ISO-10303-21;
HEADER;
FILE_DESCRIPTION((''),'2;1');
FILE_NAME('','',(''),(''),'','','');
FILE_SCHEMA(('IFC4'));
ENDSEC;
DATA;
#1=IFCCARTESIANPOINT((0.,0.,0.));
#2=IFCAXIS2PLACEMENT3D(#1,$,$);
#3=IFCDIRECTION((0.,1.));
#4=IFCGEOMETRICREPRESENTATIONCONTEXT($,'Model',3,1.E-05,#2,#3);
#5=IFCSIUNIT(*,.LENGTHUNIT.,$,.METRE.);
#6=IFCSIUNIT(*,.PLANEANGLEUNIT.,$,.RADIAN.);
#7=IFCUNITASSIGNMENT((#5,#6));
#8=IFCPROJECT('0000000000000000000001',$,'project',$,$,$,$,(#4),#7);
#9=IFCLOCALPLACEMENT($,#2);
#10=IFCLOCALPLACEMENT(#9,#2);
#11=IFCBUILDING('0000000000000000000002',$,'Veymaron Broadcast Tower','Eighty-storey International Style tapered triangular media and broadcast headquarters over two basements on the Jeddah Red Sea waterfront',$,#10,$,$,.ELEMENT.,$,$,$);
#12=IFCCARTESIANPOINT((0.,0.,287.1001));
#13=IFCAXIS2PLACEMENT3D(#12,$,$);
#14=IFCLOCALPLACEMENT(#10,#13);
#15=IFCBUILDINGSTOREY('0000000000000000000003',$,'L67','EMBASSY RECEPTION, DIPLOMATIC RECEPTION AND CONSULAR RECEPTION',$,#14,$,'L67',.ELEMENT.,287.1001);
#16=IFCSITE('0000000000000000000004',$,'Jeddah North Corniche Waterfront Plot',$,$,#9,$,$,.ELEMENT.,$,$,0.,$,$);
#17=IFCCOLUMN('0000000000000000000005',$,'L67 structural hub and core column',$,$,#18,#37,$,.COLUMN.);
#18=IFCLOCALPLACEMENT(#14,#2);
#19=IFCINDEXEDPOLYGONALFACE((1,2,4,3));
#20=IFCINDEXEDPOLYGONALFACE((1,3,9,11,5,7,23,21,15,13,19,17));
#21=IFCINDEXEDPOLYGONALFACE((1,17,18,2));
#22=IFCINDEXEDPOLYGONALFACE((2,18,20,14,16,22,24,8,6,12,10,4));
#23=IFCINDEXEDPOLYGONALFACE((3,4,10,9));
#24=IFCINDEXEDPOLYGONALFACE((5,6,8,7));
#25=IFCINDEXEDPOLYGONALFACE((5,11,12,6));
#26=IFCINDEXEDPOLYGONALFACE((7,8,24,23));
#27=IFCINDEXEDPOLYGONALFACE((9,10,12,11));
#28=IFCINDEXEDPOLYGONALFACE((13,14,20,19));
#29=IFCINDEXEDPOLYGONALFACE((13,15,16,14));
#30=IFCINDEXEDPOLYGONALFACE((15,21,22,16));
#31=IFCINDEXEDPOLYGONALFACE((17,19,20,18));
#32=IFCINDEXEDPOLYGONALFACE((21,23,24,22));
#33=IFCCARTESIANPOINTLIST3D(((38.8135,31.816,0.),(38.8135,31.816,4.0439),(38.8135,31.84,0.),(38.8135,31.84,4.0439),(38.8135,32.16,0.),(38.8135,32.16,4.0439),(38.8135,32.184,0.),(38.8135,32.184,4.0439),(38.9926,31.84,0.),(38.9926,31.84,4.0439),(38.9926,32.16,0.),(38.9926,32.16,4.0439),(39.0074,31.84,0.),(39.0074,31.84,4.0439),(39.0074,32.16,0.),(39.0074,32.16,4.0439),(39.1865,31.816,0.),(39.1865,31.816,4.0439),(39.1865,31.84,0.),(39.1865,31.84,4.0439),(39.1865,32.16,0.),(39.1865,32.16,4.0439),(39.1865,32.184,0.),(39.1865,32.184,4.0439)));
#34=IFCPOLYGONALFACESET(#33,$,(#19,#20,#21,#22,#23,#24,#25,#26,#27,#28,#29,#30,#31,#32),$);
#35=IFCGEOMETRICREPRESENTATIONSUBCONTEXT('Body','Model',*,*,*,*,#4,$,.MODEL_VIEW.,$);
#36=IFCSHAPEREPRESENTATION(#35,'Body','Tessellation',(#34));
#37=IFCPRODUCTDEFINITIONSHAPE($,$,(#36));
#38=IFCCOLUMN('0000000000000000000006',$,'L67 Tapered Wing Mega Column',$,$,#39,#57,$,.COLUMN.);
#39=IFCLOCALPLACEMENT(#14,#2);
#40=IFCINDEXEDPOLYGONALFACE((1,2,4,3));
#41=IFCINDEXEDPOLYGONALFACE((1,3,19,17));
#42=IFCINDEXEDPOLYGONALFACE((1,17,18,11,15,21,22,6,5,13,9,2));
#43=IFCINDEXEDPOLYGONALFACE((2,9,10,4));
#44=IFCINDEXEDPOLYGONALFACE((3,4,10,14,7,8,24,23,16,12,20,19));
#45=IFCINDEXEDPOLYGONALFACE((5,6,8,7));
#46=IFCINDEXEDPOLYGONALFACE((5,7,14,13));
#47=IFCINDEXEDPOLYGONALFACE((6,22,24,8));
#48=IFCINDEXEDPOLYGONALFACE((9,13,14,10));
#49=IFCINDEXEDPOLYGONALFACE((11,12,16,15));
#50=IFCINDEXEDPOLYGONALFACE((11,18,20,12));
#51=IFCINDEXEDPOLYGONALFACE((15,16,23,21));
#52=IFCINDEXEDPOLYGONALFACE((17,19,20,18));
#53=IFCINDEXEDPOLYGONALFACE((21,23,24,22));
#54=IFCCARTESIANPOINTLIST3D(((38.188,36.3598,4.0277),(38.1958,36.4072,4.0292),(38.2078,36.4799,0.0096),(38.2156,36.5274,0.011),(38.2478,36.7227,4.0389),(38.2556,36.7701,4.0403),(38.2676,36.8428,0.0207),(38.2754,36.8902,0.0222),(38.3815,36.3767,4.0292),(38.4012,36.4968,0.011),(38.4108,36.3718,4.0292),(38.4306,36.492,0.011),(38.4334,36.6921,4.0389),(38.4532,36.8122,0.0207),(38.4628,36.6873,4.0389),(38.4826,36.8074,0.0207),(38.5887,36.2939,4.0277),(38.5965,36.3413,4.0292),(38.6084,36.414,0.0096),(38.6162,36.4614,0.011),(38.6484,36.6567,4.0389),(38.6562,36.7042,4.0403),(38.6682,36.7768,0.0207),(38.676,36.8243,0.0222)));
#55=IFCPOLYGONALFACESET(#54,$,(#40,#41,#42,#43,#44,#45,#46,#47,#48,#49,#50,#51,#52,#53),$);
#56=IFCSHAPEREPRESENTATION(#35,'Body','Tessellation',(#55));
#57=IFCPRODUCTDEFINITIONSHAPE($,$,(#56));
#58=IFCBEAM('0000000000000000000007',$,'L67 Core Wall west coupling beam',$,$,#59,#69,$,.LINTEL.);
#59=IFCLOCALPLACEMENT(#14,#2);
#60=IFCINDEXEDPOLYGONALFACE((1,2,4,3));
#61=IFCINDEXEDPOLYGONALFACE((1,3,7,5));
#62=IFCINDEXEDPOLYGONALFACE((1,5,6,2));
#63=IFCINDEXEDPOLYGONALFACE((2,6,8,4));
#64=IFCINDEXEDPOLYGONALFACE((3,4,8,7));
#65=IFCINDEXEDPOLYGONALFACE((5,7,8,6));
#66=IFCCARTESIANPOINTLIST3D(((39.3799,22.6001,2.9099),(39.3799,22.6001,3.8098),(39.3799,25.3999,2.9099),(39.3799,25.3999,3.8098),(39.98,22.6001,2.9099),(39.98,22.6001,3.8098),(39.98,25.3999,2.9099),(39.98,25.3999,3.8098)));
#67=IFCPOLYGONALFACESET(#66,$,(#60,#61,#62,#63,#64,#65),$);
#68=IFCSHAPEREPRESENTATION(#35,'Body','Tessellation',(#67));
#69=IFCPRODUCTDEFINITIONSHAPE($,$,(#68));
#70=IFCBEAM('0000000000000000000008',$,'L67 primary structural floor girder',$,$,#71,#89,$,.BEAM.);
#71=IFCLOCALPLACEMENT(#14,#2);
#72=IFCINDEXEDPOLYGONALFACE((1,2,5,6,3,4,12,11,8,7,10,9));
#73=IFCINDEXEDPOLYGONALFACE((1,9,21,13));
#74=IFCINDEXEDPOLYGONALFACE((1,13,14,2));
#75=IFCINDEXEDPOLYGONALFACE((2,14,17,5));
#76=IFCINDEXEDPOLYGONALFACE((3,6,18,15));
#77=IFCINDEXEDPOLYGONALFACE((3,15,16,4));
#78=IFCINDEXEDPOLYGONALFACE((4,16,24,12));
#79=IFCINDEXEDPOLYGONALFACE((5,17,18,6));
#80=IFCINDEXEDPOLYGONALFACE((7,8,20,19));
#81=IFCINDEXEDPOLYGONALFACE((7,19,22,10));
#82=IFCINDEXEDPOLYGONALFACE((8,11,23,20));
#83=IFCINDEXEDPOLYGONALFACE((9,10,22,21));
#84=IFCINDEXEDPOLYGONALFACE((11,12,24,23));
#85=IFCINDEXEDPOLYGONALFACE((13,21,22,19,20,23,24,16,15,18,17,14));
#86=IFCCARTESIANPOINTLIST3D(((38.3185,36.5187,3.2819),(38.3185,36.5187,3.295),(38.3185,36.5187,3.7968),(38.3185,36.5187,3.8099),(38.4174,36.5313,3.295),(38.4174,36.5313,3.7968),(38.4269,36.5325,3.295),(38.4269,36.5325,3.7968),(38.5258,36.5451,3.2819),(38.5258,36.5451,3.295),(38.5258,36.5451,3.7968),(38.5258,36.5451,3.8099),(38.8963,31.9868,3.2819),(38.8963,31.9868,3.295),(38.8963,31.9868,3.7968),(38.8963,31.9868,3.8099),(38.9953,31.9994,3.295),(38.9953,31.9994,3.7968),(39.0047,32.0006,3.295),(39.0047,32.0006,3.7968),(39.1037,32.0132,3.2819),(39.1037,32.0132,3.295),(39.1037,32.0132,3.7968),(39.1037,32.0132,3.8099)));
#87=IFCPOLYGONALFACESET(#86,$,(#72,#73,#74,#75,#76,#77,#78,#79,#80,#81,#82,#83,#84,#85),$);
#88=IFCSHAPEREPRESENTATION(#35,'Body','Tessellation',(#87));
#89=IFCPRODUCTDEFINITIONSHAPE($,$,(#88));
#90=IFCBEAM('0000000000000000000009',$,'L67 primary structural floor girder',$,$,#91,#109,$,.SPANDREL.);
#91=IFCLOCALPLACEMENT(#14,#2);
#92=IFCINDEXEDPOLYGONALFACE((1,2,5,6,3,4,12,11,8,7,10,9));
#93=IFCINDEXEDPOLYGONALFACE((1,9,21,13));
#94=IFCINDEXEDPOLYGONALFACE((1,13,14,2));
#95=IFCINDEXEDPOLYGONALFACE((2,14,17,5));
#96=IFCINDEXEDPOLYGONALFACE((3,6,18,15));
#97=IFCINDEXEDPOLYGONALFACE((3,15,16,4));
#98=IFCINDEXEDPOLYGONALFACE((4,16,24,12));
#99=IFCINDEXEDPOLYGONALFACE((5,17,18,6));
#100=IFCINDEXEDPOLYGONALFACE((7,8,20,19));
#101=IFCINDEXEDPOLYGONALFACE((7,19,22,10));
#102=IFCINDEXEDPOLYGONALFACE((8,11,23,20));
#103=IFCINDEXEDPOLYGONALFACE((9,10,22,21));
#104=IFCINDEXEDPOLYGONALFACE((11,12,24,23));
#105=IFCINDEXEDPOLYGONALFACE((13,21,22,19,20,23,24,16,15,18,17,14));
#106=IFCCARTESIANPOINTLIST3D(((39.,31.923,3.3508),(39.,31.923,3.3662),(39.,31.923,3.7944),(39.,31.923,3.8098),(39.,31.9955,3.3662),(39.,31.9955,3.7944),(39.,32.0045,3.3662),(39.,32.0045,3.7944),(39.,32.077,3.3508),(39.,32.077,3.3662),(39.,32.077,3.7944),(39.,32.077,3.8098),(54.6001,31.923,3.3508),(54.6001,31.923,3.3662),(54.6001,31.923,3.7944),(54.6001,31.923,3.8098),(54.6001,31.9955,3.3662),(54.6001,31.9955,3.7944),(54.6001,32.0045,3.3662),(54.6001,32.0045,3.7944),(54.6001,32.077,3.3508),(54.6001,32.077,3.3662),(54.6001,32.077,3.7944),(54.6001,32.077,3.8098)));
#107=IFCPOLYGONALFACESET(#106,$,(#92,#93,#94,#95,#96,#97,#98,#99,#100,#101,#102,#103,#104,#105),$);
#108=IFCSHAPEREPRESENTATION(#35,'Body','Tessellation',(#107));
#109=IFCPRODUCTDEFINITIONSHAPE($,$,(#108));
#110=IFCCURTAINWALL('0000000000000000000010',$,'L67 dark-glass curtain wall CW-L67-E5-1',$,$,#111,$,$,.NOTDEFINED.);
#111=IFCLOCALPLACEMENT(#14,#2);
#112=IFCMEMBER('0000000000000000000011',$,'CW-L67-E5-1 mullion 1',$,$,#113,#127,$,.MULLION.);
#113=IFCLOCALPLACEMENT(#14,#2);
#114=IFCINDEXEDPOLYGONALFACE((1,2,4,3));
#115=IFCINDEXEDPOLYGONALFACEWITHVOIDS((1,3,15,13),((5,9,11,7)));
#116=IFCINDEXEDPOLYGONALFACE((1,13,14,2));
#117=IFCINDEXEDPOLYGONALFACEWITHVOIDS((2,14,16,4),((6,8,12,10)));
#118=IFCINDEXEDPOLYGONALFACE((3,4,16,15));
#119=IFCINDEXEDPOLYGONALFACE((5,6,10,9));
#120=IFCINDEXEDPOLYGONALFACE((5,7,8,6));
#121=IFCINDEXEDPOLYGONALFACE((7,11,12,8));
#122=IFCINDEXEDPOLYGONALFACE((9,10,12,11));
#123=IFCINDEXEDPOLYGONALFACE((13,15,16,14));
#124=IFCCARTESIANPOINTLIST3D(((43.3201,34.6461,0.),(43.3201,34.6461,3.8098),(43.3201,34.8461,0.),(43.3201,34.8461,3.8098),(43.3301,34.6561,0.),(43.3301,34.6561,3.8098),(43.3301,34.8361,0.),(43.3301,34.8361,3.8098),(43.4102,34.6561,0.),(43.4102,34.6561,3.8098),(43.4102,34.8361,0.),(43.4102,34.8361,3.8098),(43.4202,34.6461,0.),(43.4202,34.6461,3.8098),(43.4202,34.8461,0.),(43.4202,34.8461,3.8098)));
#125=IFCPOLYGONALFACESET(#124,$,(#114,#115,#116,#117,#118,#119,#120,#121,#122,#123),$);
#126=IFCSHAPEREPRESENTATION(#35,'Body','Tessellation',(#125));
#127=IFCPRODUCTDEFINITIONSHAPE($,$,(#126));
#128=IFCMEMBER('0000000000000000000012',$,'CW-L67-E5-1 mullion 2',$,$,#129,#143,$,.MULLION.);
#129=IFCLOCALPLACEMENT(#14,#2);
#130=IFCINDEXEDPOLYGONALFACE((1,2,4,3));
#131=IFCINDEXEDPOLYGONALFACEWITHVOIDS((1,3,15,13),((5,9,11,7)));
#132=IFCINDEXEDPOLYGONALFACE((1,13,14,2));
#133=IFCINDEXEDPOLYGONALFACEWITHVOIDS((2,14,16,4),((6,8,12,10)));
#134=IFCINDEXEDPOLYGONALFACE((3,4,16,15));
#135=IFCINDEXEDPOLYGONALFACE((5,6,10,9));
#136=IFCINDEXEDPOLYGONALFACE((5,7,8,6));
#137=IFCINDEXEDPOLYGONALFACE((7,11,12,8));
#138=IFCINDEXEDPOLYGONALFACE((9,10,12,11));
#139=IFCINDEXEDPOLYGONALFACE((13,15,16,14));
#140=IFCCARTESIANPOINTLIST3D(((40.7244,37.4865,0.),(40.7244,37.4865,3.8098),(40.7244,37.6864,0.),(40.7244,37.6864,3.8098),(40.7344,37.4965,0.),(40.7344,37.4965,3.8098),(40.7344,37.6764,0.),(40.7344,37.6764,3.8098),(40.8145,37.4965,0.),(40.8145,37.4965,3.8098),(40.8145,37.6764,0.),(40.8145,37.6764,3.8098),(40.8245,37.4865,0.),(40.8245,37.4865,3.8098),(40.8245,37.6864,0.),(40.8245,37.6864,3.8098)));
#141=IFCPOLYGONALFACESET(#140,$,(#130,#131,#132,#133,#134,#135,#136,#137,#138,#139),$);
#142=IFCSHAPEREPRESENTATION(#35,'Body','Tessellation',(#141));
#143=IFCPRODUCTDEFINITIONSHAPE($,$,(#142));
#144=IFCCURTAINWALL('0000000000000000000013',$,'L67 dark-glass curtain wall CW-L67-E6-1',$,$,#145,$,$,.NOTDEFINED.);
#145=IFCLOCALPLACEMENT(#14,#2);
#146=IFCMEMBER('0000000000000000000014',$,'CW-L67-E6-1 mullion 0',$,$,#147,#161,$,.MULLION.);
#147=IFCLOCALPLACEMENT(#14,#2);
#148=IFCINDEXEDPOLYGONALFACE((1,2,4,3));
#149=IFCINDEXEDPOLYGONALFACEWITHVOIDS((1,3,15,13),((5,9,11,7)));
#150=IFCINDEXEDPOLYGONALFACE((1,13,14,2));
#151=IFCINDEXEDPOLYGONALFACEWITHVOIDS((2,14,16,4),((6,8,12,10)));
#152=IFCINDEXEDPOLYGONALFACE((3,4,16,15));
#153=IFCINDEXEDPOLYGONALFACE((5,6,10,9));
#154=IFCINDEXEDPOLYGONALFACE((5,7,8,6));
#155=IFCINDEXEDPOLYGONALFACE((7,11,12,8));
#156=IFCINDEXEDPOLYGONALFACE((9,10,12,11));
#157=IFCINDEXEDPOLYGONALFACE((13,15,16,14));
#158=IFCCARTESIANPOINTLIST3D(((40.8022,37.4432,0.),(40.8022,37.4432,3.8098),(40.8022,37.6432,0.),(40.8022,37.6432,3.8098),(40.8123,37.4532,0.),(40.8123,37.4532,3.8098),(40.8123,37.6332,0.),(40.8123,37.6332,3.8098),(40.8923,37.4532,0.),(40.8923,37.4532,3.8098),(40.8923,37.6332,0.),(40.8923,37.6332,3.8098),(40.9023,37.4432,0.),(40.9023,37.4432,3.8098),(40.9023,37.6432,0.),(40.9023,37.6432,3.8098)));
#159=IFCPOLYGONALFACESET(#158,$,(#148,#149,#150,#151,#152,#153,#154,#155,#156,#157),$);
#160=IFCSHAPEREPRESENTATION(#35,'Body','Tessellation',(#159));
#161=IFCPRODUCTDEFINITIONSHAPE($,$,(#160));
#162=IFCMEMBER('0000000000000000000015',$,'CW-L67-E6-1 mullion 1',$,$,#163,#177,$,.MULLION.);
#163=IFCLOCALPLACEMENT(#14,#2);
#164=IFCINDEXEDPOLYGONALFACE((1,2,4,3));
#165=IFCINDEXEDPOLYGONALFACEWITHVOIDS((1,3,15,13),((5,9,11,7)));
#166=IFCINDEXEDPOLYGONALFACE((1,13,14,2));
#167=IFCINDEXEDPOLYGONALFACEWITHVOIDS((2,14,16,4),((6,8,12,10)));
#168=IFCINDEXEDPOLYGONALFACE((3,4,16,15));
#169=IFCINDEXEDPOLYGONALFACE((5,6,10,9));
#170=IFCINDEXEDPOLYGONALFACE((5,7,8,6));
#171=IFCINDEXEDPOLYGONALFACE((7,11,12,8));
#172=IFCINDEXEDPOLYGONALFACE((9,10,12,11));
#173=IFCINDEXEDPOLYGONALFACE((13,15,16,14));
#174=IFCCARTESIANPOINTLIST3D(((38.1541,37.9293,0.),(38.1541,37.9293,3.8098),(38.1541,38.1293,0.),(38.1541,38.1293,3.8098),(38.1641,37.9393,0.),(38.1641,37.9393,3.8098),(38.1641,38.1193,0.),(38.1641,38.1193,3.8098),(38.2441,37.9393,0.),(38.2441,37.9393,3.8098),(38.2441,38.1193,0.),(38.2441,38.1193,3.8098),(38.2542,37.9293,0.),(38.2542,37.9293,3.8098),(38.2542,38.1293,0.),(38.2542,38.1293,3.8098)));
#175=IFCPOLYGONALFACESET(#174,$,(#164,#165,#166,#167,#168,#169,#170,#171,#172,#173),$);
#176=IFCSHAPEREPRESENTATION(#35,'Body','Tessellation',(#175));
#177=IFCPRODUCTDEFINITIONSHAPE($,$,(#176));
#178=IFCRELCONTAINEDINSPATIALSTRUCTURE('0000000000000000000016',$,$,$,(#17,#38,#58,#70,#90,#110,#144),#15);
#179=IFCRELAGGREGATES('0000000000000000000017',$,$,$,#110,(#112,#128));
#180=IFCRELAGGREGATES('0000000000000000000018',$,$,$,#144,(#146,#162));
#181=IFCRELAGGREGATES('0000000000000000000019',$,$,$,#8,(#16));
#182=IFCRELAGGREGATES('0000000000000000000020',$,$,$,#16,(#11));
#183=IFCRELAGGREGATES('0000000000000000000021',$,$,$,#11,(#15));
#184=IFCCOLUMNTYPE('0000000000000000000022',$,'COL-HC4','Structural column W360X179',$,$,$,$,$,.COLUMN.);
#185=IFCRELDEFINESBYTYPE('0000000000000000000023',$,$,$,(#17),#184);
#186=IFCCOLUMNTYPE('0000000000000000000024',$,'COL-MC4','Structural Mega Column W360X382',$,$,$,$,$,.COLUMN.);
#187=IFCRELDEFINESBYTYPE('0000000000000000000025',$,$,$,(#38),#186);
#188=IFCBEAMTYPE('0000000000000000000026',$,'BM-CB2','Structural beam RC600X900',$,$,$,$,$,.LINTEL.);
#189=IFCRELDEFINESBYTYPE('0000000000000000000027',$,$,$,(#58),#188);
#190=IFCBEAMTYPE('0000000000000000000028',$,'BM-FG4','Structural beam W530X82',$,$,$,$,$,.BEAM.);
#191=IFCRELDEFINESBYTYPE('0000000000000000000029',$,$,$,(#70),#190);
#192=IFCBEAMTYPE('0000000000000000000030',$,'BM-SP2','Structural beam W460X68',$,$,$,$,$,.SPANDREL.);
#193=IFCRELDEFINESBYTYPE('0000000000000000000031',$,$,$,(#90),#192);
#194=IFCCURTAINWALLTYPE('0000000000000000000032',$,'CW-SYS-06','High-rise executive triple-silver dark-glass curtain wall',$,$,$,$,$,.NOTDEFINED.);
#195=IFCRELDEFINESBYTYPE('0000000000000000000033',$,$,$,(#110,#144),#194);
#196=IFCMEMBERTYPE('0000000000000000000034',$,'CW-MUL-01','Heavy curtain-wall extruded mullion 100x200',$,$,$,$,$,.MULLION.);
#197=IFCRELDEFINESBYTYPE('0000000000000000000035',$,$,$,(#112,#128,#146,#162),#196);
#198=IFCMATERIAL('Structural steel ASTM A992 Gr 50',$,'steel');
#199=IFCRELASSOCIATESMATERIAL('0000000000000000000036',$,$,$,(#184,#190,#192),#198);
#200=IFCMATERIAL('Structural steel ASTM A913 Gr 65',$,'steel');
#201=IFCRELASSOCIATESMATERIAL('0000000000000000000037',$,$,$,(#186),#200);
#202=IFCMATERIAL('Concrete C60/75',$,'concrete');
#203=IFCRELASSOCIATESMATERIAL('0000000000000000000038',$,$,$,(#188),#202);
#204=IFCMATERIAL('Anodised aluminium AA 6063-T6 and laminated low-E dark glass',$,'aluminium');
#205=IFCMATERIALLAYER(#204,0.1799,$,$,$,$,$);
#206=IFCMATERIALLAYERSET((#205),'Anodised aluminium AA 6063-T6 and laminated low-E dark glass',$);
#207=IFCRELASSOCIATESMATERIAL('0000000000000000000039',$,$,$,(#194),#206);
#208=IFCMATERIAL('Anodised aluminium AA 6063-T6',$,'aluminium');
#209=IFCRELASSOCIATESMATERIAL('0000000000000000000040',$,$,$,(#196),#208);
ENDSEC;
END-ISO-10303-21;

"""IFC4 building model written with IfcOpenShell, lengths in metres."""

from ifc_helpers import new_model, si_unit, direction, frame, origin, origin_2d, place, context, subcontext, project, spatial, rectangle, hollow_rectangle, i_section, extrude, material, layer, layer_set, material_profile, profile_set, type_object, element, aggregate, save


model = new_model("IFC4")

# Units and contexts
model_context = context("Model", 3, precision=1e-05, world=origin(), true_north=direction((0.0, 1.0)))
body_context = subcontext(model_context, "Body", "Model", "MODEL_VIEW")
ifc_project = project(units=[si_unit("LENGTHUNIT", "METRE"), si_unit("PLANEANGLEUNIT", "RADIAN")], contexts=[model_context])

# Site, building, storey
site_placement = place(None, origin())
site = spatial("IfcSite", under=ifc_project, at=site_placement, Name="Jeddah North Corniche Waterfront Plot", CompositionType="ELEMENT", RefElevation=0.0)
building_placement = place(site_placement, origin())
building = spatial("IfcBuilding", under=site, at=building_placement, Name="Veymaron Broadcast Tower", Description="Eighty-storey International Style tapered triangular media and broadcast headquarters over two basements on the Jeddah Red Sea waterfront", CompositionType="ELEMENT")
storey_placement = place(building_placement, frame((0.0, 0.0, 287.1001)))
storey = spatial("IfcBuildingStorey", under=building, at=storey_placement, Name="L67", Description="EMBASSY RECEPTION, DIPLOMATIC RECEPTION AND CONSULAR RECEPTION", LongName="L67", CompositionType="ELEMENT", Elevation=287.1001)

# Columns
ifc_material_1 = material(Name="Structural steel ASTM A992 Gr 50", Category="steel")
ifc_material_profile_1 = material_profile(ifc_material_1, i_section(OverallWidth=0.373, OverallDepth=0.3679, WebThickness=0.0149, FlangeThickness=0.0239, at=origin_2d()), Name="W360X179")
ifc_profile_set_1 = profile_set([ifc_material_profile_1], Name="Structural steel ASTM A992 Gr 50")
column_type_1 = type_object("IfcColumnType", Name="COL-HC4", Description="Structural column W360X179", PredefinedType="COLUMN", material=ifc_profile_set_1)
column_1_placement = place(storey_placement, frame((39.0, 32.0, 0.0), z_axis=(0.0, 0.0, 1.0), x_axis=(1.0, 0.0, 0.0)))
element("IfcColumn", 1, at=column_1_placement, inside=storey, type_object=column_type_1, Name="L67 structural hub and core column", PredefinedType="COLUMN", context=body_context, shape_type="SweptSolid", body=[
    extrude(i_section(OverallWidth=0.373, OverallDepth=0.3679, WebThickness=0.0149, FlangeThickness=0.0239, at=origin_2d()), origin(), (0.0, 0.0, 1.0), 4.0439),
])
ifc_material_2 = material(Name="Structural steel ASTM A913 Gr 65", Category="steel")
ifc_material_profile_2 = material_profile(ifc_material_2, i_section(OverallWidth=0.406, OverallDepth=0.416, WebThickness=0.0298, FlangeThickness=0.0481, at=origin_2d()), Name="W360X382")
ifc_profile_set_2 = profile_set([ifc_material_profile_2], Name="Structural steel ASTM A913 Gr 65")
column_type_2 = type_object("IfcColumnType", Name="COL-MC4", Description="Structural Mega Column W360X382", PredefinedType="COLUMN", material=ifc_profile_set_2)
column_2_placement = place(storey_placement, frame((38.4419, 36.6521, 0.0159), z_axis=(-0.004919, -0.029881, 0.999541), x_axis=(0.986717, -0.162447, 0.0)))
element("IfcColumn", 2, at=column_2_placement, inside=storey, type_object=column_type_2, Name="L67 Tapered Wing Mega Column", PredefinedType="COLUMN", context=body_context, shape_type="SweptSolid", body=[
    extrude(i_section(OverallWidth=0.406, OverallDepth=0.416, WebThickness=0.0298, FlangeThickness=0.0481, at=origin_2d()), origin(), (0.0, 0.0, 1.0), 4.02),
])

# Beams
ifc_material_3 = material(Name="Concrete C60/75", Category="concrete")
ifc_material_profile_3 = material_profile(ifc_material_3, rectangle(XDim=0.6001, YDim=0.8999, at=origin_2d()), Name="RC600X900")
ifc_profile_set_3 = profile_set([ifc_material_profile_3], Name="Concrete C60/75")
beam_type_1 = type_object("IfcBeamType", Name="BM-CB2", Description="Structural beam RC600X900", PredefinedType="LINTEL", material=ifc_profile_set_3)
beam_1_placement = place(storey_placement, frame((39.6799, 22.6001, 3.3599), z_axis=(0.0, 1.0, 0.0), x_axis=(-1.0, 0.0, 0.0)))
element("IfcBeam", 3, at=beam_1_placement, inside=storey, type_object=beam_type_1, Name="L67 Core Wall west coupling beam", PredefinedType="LINTEL", context=body_context, shape_type="SweptSolid", body=[
    extrude(rectangle(XDim=0.6001, YDim=0.8999, at=origin_2d()), origin(), (0.0, 0.0, 1.0), 2.7998),
])
ifc_material_profile_4 = material_profile(ifc_material_1, i_section(OverallWidth=0.209, OverallDepth=0.5281, WebThickness=0.0095, FlangeThickness=0.0132, at=origin_2d()), Name="W530X82")
ifc_profile_set_4 = profile_set([ifc_material_profile_4], Name="Structural steel ASTM A992 Gr 50")
beam_type_2 = type_object("IfcBeamType", Name="BM-FG4", Description="Structural beam W530X82", PredefinedType="BEAM", material=ifc_profile_set_4)
beam_2_placement = place(storey_placement, frame((39.0, 32.0, 3.5459), z_axis=(-0.126488, 0.991968, 0.0), x_axis=(-0.991968, -0.126488, 0.0)))
element("IfcBeam", 4, at=beam_2_placement, inside=storey, type_object=beam_type_2, Name="L67 primary structural floor girder", PredefinedType="BEAM", context=body_context, shape_type="SweptSolid", body=[
    extrude(i_section(OverallWidth=0.209, OverallDepth=0.5281, WebThickness=0.0095, FlangeThickness=0.0132, at=origin_2d()), origin(), (0.0, 0.0, 1.0), 4.5686),
])
ifc_material_profile_5 = material_profile(ifc_material_1, i_section(OverallWidth=0.1541, OverallDepth=0.459, WebThickness=0.009, FlangeThickness=0.0154, at=origin_2d()), Name="W460X68")
ifc_profile_set_5 = profile_set([ifc_material_profile_5], Name="Structural steel ASTM A992 Gr 50")
beam_type_3 = type_object("IfcBeamType", Name="BM-SP2", Description="Structural beam W460X68", PredefinedType="SPANDREL", material=ifc_profile_set_5)
beam_3_placement = place(storey_placement, frame((39.0, 32.0, 3.5803), z_axis=(1.0, 0.0, 0.0), x_axis=(0.0, 1.0, 0.0)))
element("IfcBeam", 5, at=beam_3_placement, inside=storey, type_object=beam_type_3, Name="L67 primary structural floor girder", PredefinedType="SPANDREL", context=body_context, shape_type="SweptSolid", body=[
    extrude(i_section(OverallWidth=0.1541, OverallDepth=0.459, WebThickness=0.009, FlangeThickness=0.0154, at=origin_2d()), origin(), (0.0, 0.0, 1.0), 15.6001),
])

# Curtain walls, members
ifc_material_4 = material(Name="Anodised aluminium AA 6063-T6 and laminated low-E dark glass", Category="aluminium")
ifc_layer_1 = layer(ifc_material_4, 0.1799)
ifc_layer_set_1 = layer_set([ifc_layer_1], Name="Anodised aluminium AA 6063-T6 and laminated low-E dark glass")
curtain_wall_type = type_object("IfcCurtainWallType", Name="CW-SYS-06", Description="High-rise executive triple-silver dark-glass curtain wall", PredefinedType="NOTDEFINED", material=ifc_layer_set_1)
curtain_wall_1_placement = place(storey_placement, origin())
curtain_wall_1 = element("IfcCurtainWall", 6, at=curtain_wall_1_placement, inside=storey, type_object=curtain_wall_type, Name="L67 dark-glass curtain wall CW-L67-E5-1", PredefinedType="NOTDEFINED")
ifc_material_5 = material(Name="Anodised aluminium AA 6063-T6", Category="aluminium")
ifc_material_profile_6 = material_profile(ifc_material_5, hollow_rectangle(XDim=0.1001, YDim=0.2, WallThickness=0.01, at=origin_2d()), Name="RHS200X100X10")
ifc_profile_set_6 = profile_set([ifc_material_profile_6], Name="Anodised aluminium AA 6063-T6")
member_type_1 = type_object("IfcMemberType", Name="CW-MUL-01", Description="Heavy curtain-wall extruded mullion 100x200", PredefinedType="MULLION", material=ifc_profile_set_6)
member_1_placement = place(storey_placement, frame((43.3701, 34.7461, 0.0), z_axis=(0.0, 0.0, 1.0), x_axis=(1.0, 0.0, 0.0)))
member_1 = element("IfcMember", 7, at=member_1_placement, type_object=member_type_1, Name="CW-L67-E5-1 mullion 1", PredefinedType="MULLION", context=body_context, shape_type="SweptSolid", body=[
    extrude(hollow_rectangle(XDim=0.1001, YDim=0.2, WallThickness=0.01, at=origin_2d()), origin(), (0.0, 0.0, 1.0), 3.8098),
])
member_2_placement = place(storey_placement, frame((40.7744, 37.5864, 0.0), z_axis=(0.0, 0.0, 1.0), x_axis=(1.0, 0.0, 0.0)))
member_2 = element("IfcMember", 8, at=member_2_placement, type_object=member_type_1, Name="CW-L67-E5-1 mullion 2", PredefinedType="MULLION", context=body_context, shape_type="SweptSolid", body=[
    extrude(hollow_rectangle(XDim=0.1001, YDim=0.2, WallThickness=0.01, at=origin_2d()), origin(), (0.0, 0.0, 1.0), 3.8098),
])
curtain_wall_2_placement = place(storey_placement, origin())
curtain_wall_2 = element("IfcCurtainWall", 9, at=curtain_wall_2_placement, inside=storey, type_object=curtain_wall_type, Name="L67 dark-glass curtain wall CW-L67-E6-1", PredefinedType="NOTDEFINED")
member_3_placement = place(storey_placement, frame((40.8523, 37.5432, 0.0), z_axis=(0.0, 0.0, 1.0), x_axis=(1.0, 0.0, 0.0)))
member_3 = element("IfcMember", 10, at=member_3_placement, type_object=member_type_1, Name="CW-L67-E6-1 mullion 0", PredefinedType="MULLION", context=body_context, shape_type="SweptSolid", body=[
    extrude(hollow_rectangle(XDim=0.1001, YDim=0.2, WallThickness=0.01, at=origin_2d()), origin(), (0.0, 0.0, 1.0), 3.8098),
])
member_4_placement = place(storey_placement, frame((38.2041, 38.0293, 0.0), z_axis=(0.0, 0.0, 1.0), x_axis=(1.0, 0.0, 0.0)))
member_4 = element("IfcMember", 11, at=member_4_placement, type_object=member_type_1, Name="CW-L67-E6-1 mullion 1", PredefinedType="MULLION", context=body_context, shape_type="SweptSolid", body=[
    extrude(hollow_rectangle(XDim=0.1001, YDim=0.2, WallThickness=0.01, at=origin_2d()), origin(), (0.0, 0.0, 1.0), 3.8098),
])

aggregate(curtain_wall_1, [member_1, member_2])
aggregate(curtain_wall_2, [member_3, member_4])

save(model, "model.ifc")
